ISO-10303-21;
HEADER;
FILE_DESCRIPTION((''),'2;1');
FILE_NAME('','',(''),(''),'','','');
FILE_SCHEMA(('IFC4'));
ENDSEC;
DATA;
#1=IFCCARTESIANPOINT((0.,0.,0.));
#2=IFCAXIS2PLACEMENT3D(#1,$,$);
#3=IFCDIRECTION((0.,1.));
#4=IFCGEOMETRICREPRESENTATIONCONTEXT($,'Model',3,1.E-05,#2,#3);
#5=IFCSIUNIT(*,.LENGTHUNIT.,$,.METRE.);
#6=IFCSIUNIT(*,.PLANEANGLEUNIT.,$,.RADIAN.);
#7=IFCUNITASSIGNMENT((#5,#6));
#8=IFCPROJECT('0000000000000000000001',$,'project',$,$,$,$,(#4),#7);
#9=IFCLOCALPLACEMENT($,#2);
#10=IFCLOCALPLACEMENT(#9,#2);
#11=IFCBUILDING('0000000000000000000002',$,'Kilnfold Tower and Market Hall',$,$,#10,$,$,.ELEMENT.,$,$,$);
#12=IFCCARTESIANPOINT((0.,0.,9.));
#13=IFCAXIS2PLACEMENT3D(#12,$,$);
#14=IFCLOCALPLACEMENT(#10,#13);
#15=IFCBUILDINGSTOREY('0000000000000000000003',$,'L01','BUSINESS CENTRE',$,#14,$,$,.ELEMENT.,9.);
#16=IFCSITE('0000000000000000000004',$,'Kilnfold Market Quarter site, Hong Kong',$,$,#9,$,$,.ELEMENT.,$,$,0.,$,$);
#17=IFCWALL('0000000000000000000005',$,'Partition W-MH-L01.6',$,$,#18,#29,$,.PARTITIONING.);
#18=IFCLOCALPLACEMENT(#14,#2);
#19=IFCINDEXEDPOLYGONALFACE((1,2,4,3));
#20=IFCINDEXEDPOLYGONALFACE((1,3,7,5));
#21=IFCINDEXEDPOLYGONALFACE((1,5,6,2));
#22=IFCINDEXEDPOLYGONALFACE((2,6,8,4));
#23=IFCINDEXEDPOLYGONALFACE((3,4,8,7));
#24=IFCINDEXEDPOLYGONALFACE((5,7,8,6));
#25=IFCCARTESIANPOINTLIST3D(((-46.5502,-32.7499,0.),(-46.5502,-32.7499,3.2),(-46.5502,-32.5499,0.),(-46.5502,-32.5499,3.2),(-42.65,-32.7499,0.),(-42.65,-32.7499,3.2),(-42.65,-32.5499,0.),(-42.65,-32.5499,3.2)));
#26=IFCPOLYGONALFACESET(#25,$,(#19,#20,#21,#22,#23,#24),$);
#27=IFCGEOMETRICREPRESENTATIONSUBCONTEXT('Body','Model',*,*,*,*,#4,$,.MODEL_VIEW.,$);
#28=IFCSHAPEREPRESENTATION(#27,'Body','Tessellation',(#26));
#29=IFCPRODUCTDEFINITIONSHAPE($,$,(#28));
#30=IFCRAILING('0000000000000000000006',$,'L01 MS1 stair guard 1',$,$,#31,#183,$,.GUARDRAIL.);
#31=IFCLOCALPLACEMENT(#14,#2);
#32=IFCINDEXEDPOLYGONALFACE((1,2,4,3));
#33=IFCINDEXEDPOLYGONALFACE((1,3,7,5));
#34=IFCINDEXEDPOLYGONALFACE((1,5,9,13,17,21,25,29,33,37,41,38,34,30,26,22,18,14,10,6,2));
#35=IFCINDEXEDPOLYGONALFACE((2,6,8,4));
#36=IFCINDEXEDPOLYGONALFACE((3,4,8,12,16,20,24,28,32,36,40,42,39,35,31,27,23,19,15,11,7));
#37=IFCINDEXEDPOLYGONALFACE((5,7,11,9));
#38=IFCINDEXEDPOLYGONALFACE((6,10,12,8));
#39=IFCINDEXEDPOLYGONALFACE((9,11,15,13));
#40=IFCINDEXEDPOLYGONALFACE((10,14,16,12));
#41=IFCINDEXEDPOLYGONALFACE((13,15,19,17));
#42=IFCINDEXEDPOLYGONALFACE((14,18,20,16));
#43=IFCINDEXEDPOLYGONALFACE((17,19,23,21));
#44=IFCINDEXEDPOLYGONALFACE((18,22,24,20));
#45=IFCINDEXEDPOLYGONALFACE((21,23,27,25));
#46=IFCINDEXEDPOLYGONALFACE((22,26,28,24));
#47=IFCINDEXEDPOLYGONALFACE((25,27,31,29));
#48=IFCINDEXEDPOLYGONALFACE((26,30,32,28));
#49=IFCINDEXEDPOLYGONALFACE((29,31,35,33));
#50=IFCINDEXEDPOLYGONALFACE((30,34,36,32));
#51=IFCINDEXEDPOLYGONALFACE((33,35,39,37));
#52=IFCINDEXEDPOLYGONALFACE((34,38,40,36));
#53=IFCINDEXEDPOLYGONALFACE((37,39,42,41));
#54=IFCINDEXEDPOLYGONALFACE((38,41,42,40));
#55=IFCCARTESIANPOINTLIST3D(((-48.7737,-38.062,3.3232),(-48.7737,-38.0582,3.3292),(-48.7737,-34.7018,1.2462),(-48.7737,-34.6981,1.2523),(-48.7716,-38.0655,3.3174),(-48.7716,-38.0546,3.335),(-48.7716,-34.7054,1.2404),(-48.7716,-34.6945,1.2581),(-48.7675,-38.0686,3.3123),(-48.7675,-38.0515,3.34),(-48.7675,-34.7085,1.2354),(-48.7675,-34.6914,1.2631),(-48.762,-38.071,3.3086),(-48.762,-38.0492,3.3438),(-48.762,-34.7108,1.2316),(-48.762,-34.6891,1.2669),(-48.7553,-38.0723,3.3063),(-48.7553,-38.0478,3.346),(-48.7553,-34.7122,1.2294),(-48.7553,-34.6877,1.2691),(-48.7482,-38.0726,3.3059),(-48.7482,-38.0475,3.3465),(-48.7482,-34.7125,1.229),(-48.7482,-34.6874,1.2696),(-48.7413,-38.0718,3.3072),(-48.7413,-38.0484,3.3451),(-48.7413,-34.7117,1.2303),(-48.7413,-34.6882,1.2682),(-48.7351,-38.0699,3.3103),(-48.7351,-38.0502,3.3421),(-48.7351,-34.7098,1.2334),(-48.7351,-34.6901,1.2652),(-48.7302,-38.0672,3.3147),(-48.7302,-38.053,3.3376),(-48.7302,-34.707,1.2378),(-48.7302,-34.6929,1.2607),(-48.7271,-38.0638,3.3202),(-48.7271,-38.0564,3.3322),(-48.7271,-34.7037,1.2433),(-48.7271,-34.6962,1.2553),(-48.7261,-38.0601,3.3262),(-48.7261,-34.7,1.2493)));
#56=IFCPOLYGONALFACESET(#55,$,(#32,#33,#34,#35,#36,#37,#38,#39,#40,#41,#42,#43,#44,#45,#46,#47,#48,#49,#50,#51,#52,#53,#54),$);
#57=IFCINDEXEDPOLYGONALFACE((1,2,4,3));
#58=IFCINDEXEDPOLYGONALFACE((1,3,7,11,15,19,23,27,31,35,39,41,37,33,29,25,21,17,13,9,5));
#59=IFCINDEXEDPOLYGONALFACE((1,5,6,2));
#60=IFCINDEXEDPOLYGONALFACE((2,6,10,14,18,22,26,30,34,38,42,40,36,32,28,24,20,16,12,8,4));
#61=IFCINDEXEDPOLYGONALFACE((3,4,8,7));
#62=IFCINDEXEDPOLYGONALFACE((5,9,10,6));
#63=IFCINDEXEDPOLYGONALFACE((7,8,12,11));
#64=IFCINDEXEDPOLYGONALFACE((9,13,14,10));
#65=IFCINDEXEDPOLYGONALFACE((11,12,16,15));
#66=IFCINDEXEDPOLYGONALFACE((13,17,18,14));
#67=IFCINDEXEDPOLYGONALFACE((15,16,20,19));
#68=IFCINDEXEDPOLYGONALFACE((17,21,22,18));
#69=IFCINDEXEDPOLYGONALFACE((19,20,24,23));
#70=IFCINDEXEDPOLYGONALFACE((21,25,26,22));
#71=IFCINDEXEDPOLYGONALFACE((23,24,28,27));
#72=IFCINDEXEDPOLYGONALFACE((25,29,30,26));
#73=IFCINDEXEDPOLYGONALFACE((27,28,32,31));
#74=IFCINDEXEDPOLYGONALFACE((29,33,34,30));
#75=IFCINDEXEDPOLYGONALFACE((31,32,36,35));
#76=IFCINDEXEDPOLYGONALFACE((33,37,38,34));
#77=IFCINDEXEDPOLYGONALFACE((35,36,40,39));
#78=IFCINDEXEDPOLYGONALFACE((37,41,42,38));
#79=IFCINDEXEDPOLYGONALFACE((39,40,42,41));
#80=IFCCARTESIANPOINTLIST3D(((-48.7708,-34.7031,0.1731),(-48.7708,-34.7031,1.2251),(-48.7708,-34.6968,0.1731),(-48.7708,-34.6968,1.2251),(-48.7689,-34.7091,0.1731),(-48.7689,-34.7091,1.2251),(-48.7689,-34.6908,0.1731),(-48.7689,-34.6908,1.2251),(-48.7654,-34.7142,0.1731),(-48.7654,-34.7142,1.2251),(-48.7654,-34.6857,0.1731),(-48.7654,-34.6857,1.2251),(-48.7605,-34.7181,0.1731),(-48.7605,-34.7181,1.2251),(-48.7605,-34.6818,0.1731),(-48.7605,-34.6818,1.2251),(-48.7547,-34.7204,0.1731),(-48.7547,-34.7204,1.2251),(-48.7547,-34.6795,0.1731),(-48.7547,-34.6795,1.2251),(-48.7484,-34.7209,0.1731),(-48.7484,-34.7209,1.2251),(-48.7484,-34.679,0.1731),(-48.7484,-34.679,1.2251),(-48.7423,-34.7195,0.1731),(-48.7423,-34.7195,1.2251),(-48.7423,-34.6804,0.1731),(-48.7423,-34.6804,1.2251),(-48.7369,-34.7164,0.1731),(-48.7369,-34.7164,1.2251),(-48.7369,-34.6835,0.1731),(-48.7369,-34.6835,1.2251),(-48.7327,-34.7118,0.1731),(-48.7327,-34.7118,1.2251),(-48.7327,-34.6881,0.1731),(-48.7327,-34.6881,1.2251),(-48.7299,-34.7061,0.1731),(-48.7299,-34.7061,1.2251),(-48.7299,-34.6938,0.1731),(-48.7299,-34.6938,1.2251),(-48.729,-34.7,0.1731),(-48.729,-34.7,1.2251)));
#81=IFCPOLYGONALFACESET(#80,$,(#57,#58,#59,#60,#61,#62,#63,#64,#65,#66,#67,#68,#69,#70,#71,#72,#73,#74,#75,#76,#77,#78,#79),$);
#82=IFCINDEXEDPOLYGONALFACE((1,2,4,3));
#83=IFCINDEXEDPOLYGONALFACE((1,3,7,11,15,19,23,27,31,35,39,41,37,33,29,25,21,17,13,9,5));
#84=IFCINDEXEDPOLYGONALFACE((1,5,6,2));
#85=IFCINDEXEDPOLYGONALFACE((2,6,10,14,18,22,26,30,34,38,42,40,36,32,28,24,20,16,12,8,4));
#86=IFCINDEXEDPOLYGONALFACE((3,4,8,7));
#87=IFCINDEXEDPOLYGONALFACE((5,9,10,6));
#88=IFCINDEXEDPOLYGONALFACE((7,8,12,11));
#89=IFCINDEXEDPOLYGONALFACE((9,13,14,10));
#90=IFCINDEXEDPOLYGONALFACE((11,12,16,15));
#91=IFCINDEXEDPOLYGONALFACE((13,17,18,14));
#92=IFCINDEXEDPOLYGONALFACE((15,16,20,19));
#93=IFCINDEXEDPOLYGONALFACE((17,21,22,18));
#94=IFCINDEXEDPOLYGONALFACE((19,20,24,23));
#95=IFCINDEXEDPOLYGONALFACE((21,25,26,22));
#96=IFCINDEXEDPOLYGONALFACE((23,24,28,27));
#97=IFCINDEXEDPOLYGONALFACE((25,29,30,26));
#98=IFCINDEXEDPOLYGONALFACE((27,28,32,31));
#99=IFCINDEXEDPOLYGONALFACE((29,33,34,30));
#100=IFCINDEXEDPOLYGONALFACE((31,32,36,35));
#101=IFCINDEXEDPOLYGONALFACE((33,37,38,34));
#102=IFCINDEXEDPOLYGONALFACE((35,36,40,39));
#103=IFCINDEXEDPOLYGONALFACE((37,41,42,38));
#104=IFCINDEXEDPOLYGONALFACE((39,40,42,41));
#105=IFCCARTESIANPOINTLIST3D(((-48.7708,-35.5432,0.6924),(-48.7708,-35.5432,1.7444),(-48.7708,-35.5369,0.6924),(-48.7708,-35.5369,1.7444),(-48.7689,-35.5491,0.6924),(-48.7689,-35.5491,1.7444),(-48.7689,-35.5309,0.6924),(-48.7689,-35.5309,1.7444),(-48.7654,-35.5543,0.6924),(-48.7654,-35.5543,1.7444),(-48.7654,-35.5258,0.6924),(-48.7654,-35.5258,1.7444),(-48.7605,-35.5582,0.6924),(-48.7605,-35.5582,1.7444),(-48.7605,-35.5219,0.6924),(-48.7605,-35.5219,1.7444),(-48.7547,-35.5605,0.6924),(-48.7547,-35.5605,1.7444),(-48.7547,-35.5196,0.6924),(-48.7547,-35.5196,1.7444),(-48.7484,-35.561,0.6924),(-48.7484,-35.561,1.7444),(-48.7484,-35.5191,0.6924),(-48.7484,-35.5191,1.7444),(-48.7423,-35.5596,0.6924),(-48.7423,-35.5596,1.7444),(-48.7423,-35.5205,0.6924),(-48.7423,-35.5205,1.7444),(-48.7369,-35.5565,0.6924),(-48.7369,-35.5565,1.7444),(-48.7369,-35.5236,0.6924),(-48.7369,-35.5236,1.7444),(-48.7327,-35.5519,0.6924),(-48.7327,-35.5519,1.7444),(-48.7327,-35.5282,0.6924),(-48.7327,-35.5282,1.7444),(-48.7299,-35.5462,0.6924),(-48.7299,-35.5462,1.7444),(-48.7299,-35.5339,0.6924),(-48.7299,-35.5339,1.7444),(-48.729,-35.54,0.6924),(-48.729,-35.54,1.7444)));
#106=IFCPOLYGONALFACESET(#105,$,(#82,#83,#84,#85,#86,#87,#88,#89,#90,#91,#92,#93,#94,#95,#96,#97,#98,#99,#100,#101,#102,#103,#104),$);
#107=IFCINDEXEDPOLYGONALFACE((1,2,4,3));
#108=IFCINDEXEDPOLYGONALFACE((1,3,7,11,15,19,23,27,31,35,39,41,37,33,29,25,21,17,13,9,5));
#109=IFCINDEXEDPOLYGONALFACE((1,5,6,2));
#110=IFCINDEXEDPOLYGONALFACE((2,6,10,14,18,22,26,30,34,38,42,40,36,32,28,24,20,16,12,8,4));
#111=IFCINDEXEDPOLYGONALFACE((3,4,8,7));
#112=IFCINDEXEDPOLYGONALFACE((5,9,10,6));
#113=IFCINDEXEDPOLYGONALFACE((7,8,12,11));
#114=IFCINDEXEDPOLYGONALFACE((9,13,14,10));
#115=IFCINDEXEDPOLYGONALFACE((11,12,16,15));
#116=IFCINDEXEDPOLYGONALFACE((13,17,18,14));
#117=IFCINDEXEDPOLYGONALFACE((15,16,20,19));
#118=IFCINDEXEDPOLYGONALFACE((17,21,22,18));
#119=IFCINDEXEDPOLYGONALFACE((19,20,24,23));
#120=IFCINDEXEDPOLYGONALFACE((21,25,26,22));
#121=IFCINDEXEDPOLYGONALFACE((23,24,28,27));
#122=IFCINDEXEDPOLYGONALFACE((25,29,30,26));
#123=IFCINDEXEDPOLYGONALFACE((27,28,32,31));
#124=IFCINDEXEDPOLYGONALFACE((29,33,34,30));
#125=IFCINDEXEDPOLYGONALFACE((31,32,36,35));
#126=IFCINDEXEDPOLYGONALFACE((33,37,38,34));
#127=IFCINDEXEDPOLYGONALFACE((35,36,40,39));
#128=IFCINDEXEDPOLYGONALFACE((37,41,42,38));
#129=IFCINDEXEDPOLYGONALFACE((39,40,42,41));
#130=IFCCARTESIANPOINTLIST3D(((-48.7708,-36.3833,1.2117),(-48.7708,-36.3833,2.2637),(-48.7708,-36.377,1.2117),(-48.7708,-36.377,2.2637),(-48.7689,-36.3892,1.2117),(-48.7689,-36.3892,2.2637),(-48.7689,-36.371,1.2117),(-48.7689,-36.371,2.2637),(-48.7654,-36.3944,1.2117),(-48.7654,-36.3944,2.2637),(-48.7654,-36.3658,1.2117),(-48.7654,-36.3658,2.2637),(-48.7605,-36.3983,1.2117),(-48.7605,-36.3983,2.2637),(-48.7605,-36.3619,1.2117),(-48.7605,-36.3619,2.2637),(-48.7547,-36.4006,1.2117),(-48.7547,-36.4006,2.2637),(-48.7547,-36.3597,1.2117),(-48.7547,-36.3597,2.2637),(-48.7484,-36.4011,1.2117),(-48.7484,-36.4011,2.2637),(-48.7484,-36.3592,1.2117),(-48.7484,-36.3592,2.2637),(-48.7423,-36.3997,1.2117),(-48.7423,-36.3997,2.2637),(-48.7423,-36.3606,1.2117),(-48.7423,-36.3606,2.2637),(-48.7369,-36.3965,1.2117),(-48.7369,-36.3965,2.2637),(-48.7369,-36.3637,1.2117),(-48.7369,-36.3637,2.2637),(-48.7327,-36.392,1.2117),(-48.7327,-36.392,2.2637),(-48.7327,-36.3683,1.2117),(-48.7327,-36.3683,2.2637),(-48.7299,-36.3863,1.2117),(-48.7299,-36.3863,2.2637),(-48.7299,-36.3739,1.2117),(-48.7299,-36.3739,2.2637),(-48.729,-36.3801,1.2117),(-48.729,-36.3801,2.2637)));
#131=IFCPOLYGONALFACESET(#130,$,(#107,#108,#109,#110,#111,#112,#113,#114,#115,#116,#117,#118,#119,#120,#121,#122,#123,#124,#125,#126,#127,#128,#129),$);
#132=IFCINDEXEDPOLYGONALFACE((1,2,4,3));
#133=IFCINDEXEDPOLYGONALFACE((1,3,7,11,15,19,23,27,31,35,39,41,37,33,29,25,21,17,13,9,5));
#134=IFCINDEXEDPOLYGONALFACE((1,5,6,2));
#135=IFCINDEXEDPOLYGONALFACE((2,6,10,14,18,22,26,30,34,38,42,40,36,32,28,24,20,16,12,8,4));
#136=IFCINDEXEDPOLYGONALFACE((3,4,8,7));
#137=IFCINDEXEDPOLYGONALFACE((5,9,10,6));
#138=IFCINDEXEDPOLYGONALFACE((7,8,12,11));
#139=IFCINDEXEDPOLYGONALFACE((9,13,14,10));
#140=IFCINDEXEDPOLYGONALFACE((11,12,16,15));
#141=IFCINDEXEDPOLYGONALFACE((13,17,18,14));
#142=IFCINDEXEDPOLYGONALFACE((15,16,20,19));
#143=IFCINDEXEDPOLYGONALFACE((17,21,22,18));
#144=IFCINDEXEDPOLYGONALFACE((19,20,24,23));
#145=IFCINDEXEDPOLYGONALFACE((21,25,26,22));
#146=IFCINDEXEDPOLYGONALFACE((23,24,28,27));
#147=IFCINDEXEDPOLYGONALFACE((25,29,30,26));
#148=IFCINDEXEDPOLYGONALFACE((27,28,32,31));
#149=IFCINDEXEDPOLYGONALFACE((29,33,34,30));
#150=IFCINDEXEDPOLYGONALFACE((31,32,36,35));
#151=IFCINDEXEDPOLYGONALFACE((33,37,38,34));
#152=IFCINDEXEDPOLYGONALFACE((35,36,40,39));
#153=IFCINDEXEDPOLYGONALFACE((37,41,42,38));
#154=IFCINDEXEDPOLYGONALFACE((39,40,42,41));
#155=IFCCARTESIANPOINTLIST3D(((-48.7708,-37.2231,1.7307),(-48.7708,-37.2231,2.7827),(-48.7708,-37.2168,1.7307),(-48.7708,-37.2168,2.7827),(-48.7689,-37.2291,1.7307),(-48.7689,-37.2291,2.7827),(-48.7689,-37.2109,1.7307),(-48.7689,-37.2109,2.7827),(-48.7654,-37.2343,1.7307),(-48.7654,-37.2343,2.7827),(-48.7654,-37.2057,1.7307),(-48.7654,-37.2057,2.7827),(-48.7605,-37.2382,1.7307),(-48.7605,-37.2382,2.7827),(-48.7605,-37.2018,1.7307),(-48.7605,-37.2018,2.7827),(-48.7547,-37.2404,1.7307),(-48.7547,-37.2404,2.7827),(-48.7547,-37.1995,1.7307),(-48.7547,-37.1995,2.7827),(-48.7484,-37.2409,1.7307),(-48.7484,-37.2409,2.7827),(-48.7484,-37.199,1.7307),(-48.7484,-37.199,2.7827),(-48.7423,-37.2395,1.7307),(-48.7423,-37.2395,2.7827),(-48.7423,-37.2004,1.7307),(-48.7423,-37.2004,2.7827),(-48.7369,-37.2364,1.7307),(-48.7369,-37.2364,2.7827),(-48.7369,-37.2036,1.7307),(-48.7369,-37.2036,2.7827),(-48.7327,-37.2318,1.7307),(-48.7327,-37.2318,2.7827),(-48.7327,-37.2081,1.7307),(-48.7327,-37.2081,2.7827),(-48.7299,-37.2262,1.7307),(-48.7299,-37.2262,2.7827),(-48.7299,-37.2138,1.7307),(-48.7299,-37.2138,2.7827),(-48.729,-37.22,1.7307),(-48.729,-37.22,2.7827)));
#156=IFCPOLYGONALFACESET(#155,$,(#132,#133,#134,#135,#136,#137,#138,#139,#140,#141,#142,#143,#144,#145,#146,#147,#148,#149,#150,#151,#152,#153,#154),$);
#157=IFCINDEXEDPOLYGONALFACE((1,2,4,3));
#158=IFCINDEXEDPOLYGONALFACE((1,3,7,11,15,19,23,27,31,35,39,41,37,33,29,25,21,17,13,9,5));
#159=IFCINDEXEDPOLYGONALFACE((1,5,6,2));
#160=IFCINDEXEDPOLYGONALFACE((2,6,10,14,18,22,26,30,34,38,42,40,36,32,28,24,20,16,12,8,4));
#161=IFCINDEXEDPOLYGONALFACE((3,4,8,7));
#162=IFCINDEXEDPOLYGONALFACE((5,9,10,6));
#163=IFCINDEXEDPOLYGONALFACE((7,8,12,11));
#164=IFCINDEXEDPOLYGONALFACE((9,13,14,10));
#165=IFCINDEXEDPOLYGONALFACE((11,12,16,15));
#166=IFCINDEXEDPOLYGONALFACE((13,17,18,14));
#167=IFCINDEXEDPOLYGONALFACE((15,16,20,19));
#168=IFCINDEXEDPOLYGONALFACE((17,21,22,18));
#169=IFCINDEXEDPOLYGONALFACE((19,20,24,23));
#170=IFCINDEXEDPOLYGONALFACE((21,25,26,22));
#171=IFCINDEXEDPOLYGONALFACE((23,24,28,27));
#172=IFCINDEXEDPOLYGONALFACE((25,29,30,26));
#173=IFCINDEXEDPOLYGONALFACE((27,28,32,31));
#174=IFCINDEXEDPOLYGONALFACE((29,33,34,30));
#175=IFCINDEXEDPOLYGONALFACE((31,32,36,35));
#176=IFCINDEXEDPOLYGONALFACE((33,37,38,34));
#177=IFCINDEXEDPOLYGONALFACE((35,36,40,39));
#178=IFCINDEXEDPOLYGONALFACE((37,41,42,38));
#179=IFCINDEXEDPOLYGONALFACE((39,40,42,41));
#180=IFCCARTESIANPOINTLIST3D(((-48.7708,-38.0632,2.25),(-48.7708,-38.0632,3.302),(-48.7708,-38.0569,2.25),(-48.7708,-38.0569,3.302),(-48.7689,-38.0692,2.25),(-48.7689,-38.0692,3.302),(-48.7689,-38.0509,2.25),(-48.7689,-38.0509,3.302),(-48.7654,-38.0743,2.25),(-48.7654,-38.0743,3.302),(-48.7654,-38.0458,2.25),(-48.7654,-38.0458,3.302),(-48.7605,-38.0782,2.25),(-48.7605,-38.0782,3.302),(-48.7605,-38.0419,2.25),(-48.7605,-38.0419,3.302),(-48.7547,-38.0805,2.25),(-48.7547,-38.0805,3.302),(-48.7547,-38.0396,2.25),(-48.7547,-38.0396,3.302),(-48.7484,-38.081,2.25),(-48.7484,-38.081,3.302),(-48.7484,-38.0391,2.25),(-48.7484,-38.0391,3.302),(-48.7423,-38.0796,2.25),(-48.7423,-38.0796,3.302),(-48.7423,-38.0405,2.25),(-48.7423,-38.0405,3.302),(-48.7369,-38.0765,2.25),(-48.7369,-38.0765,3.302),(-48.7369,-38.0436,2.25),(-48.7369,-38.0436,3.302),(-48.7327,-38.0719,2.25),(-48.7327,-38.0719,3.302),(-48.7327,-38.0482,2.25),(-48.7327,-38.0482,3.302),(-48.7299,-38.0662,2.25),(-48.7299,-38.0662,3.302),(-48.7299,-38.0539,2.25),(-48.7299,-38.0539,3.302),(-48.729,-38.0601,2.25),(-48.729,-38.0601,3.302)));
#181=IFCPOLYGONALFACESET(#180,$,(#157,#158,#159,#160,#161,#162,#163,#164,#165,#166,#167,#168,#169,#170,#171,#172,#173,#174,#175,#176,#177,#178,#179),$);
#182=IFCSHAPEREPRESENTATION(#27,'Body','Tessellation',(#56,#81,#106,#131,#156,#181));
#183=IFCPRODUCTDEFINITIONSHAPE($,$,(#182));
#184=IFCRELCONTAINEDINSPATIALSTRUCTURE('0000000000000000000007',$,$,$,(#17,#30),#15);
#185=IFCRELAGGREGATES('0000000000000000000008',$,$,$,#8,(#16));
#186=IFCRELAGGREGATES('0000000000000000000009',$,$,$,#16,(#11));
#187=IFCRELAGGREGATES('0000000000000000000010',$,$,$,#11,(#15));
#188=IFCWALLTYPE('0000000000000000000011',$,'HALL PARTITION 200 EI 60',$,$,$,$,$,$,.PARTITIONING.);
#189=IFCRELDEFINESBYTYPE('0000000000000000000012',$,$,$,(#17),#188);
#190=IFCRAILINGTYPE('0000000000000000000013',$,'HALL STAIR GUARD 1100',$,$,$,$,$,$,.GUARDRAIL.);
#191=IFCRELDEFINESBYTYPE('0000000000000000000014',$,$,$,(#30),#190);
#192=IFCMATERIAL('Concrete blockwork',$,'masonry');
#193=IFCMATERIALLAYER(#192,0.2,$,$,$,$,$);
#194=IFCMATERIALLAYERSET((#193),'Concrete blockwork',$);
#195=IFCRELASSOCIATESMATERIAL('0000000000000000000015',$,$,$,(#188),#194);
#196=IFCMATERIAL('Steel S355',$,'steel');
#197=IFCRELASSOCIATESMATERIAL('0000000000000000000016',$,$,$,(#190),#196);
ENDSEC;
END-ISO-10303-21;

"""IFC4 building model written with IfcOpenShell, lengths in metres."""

from ifc_helpers import new_model, si_unit, direction, frame, frame_2d, origin, origin_2d, place, context, subcontext, project, spatial, rectangle, circle, extrude, source, transform, mapped, material, layer, layer_set, type_object, element, save


model = new_model("IFC4")

# Units and contexts
model_context = context("Model", 3, precision=1e-05, world=origin(), true_north=direction((0.0, 1.0)))
body_context = subcontext(model_context, "Body", "Model", "MODEL_VIEW")
ifc_project = project(units=[si_unit("LENGTHUNIT", "METRE"), si_unit("PLANEANGLEUNIT", "RADIAN")], contexts=[model_context])

# Site, building, storey
site_placement = place(None, origin())
site = spatial("IfcSite", under=ifc_project, at=site_placement, Name="Kilnfold Market Quarter site, Hong Kong", CompositionType="ELEMENT", RefElevation=0.0)
building_placement = place(site_placement, origin())
building = spatial("IfcBuilding", under=site, at=building_placement, Name="Kilnfold Tower and Market Hall", CompositionType="ELEMENT")
storey_placement = place(building_placement, frame((0.0, 0.0, 9.0)))
storey = spatial("IfcBuildingStorey", under=building, at=storey_placement, Name="L01", Description="BUSINESS CENTRE", CompositionType="ELEMENT", Elevation=9.0)

# Shared definitions
ifc_material_1 = material(Name="Concrete blockwork", Category="masonry")
ifc_layer_1 = layer(ifc_material_1, 0.2)
ifc_layer_set_1 = layer_set([ifc_layer_1], Name="Concrete blockwork")
wall_type_1 = type_object("IfcWallType", Name="HALL PARTITION 200 EI 60", PredefinedType="PARTITIONING", material=ifc_layer_set_1)

# Wall
shared_shape_1 = source(origin(), body_context, "Body", "SweptSolid", [
    extrude(rectangle(XDim=3.9001, YDim=0.2, at=frame_2d((1.9502, 0.0))), origin(), (0.0, 0.0, 1.0), 3.2),
])
wall_1_placement = place(storey_placement, frame((-42.6499, -32.6499, 0.0), z_axis=(0.0, 0.0, 1.0), x_axis=(-1.0, 0.0, 0.0)))
element("IfcWall", 1, at=wall_1_placement, inside=storey, type_object=wall_type_1, Name="Partition W-MH-L01.6", PredefinedType="PARTITIONING", context=body_context, shape_type="MappedRepresentation", body=[
    mapped(shared_shape_1, transform((0.0, 0.0, 0.0))),
])

# Railing
ifc_material_2 = material(Name="Steel S355", Category="steel")
railing_type_1 = type_object("IfcRailingType", Name="HALL STAIR GUARD 1100", PredefinedType="GUARDRAIL", material=ifc_material_2)
railing_1_placement = place(storey_placement, frame((-48.75, -34.7, 0.1731)))
element("IfcRailing", 2, at=railing_1_placement, inside=storey, type_object=railing_type_1, Name="L01 MS1 stair guard 1", PredefinedType="GUARDRAIL", context=body_context, shape_type="SweptSolid", body=[
    extrude(circle(Radius=0.0239, at=origin_2d()), frame((0.0, 0.0, 1.0762), z_axis=(0.0, -0.850623, 0.525776), x_axis=(1.0, 0.0, 0.0)), (0.0, 0.0, 1.0), 3.9502),
    extrude(circle(Radius=0.021, at=origin_2d()), origin(), (0.0, 0.0, 1.0), 1.052),
    extrude(circle(Radius=0.021, at=origin_2d()), frame((0.0, -0.8401, 0.5193)), (0.0, 0.0, 1.0), 1.052),
    extrude(circle(Radius=0.021, at=origin_2d()), frame((0.0, -1.6802, 1.0386)), (0.0, 0.0, 1.0), 1.052),
    extrude(circle(Radius=0.021, at=origin_2d()), frame((0.0, -2.52, 1.5576)), (0.0, 0.0, 1.0), 1.052),
    extrude(circle(Radius=0.021, at=origin_2d()), frame((0.0, -3.3601, 2.0769)), (0.0, 0.0, 1.0), 1.052),
])

save(model, "model.ifc")
